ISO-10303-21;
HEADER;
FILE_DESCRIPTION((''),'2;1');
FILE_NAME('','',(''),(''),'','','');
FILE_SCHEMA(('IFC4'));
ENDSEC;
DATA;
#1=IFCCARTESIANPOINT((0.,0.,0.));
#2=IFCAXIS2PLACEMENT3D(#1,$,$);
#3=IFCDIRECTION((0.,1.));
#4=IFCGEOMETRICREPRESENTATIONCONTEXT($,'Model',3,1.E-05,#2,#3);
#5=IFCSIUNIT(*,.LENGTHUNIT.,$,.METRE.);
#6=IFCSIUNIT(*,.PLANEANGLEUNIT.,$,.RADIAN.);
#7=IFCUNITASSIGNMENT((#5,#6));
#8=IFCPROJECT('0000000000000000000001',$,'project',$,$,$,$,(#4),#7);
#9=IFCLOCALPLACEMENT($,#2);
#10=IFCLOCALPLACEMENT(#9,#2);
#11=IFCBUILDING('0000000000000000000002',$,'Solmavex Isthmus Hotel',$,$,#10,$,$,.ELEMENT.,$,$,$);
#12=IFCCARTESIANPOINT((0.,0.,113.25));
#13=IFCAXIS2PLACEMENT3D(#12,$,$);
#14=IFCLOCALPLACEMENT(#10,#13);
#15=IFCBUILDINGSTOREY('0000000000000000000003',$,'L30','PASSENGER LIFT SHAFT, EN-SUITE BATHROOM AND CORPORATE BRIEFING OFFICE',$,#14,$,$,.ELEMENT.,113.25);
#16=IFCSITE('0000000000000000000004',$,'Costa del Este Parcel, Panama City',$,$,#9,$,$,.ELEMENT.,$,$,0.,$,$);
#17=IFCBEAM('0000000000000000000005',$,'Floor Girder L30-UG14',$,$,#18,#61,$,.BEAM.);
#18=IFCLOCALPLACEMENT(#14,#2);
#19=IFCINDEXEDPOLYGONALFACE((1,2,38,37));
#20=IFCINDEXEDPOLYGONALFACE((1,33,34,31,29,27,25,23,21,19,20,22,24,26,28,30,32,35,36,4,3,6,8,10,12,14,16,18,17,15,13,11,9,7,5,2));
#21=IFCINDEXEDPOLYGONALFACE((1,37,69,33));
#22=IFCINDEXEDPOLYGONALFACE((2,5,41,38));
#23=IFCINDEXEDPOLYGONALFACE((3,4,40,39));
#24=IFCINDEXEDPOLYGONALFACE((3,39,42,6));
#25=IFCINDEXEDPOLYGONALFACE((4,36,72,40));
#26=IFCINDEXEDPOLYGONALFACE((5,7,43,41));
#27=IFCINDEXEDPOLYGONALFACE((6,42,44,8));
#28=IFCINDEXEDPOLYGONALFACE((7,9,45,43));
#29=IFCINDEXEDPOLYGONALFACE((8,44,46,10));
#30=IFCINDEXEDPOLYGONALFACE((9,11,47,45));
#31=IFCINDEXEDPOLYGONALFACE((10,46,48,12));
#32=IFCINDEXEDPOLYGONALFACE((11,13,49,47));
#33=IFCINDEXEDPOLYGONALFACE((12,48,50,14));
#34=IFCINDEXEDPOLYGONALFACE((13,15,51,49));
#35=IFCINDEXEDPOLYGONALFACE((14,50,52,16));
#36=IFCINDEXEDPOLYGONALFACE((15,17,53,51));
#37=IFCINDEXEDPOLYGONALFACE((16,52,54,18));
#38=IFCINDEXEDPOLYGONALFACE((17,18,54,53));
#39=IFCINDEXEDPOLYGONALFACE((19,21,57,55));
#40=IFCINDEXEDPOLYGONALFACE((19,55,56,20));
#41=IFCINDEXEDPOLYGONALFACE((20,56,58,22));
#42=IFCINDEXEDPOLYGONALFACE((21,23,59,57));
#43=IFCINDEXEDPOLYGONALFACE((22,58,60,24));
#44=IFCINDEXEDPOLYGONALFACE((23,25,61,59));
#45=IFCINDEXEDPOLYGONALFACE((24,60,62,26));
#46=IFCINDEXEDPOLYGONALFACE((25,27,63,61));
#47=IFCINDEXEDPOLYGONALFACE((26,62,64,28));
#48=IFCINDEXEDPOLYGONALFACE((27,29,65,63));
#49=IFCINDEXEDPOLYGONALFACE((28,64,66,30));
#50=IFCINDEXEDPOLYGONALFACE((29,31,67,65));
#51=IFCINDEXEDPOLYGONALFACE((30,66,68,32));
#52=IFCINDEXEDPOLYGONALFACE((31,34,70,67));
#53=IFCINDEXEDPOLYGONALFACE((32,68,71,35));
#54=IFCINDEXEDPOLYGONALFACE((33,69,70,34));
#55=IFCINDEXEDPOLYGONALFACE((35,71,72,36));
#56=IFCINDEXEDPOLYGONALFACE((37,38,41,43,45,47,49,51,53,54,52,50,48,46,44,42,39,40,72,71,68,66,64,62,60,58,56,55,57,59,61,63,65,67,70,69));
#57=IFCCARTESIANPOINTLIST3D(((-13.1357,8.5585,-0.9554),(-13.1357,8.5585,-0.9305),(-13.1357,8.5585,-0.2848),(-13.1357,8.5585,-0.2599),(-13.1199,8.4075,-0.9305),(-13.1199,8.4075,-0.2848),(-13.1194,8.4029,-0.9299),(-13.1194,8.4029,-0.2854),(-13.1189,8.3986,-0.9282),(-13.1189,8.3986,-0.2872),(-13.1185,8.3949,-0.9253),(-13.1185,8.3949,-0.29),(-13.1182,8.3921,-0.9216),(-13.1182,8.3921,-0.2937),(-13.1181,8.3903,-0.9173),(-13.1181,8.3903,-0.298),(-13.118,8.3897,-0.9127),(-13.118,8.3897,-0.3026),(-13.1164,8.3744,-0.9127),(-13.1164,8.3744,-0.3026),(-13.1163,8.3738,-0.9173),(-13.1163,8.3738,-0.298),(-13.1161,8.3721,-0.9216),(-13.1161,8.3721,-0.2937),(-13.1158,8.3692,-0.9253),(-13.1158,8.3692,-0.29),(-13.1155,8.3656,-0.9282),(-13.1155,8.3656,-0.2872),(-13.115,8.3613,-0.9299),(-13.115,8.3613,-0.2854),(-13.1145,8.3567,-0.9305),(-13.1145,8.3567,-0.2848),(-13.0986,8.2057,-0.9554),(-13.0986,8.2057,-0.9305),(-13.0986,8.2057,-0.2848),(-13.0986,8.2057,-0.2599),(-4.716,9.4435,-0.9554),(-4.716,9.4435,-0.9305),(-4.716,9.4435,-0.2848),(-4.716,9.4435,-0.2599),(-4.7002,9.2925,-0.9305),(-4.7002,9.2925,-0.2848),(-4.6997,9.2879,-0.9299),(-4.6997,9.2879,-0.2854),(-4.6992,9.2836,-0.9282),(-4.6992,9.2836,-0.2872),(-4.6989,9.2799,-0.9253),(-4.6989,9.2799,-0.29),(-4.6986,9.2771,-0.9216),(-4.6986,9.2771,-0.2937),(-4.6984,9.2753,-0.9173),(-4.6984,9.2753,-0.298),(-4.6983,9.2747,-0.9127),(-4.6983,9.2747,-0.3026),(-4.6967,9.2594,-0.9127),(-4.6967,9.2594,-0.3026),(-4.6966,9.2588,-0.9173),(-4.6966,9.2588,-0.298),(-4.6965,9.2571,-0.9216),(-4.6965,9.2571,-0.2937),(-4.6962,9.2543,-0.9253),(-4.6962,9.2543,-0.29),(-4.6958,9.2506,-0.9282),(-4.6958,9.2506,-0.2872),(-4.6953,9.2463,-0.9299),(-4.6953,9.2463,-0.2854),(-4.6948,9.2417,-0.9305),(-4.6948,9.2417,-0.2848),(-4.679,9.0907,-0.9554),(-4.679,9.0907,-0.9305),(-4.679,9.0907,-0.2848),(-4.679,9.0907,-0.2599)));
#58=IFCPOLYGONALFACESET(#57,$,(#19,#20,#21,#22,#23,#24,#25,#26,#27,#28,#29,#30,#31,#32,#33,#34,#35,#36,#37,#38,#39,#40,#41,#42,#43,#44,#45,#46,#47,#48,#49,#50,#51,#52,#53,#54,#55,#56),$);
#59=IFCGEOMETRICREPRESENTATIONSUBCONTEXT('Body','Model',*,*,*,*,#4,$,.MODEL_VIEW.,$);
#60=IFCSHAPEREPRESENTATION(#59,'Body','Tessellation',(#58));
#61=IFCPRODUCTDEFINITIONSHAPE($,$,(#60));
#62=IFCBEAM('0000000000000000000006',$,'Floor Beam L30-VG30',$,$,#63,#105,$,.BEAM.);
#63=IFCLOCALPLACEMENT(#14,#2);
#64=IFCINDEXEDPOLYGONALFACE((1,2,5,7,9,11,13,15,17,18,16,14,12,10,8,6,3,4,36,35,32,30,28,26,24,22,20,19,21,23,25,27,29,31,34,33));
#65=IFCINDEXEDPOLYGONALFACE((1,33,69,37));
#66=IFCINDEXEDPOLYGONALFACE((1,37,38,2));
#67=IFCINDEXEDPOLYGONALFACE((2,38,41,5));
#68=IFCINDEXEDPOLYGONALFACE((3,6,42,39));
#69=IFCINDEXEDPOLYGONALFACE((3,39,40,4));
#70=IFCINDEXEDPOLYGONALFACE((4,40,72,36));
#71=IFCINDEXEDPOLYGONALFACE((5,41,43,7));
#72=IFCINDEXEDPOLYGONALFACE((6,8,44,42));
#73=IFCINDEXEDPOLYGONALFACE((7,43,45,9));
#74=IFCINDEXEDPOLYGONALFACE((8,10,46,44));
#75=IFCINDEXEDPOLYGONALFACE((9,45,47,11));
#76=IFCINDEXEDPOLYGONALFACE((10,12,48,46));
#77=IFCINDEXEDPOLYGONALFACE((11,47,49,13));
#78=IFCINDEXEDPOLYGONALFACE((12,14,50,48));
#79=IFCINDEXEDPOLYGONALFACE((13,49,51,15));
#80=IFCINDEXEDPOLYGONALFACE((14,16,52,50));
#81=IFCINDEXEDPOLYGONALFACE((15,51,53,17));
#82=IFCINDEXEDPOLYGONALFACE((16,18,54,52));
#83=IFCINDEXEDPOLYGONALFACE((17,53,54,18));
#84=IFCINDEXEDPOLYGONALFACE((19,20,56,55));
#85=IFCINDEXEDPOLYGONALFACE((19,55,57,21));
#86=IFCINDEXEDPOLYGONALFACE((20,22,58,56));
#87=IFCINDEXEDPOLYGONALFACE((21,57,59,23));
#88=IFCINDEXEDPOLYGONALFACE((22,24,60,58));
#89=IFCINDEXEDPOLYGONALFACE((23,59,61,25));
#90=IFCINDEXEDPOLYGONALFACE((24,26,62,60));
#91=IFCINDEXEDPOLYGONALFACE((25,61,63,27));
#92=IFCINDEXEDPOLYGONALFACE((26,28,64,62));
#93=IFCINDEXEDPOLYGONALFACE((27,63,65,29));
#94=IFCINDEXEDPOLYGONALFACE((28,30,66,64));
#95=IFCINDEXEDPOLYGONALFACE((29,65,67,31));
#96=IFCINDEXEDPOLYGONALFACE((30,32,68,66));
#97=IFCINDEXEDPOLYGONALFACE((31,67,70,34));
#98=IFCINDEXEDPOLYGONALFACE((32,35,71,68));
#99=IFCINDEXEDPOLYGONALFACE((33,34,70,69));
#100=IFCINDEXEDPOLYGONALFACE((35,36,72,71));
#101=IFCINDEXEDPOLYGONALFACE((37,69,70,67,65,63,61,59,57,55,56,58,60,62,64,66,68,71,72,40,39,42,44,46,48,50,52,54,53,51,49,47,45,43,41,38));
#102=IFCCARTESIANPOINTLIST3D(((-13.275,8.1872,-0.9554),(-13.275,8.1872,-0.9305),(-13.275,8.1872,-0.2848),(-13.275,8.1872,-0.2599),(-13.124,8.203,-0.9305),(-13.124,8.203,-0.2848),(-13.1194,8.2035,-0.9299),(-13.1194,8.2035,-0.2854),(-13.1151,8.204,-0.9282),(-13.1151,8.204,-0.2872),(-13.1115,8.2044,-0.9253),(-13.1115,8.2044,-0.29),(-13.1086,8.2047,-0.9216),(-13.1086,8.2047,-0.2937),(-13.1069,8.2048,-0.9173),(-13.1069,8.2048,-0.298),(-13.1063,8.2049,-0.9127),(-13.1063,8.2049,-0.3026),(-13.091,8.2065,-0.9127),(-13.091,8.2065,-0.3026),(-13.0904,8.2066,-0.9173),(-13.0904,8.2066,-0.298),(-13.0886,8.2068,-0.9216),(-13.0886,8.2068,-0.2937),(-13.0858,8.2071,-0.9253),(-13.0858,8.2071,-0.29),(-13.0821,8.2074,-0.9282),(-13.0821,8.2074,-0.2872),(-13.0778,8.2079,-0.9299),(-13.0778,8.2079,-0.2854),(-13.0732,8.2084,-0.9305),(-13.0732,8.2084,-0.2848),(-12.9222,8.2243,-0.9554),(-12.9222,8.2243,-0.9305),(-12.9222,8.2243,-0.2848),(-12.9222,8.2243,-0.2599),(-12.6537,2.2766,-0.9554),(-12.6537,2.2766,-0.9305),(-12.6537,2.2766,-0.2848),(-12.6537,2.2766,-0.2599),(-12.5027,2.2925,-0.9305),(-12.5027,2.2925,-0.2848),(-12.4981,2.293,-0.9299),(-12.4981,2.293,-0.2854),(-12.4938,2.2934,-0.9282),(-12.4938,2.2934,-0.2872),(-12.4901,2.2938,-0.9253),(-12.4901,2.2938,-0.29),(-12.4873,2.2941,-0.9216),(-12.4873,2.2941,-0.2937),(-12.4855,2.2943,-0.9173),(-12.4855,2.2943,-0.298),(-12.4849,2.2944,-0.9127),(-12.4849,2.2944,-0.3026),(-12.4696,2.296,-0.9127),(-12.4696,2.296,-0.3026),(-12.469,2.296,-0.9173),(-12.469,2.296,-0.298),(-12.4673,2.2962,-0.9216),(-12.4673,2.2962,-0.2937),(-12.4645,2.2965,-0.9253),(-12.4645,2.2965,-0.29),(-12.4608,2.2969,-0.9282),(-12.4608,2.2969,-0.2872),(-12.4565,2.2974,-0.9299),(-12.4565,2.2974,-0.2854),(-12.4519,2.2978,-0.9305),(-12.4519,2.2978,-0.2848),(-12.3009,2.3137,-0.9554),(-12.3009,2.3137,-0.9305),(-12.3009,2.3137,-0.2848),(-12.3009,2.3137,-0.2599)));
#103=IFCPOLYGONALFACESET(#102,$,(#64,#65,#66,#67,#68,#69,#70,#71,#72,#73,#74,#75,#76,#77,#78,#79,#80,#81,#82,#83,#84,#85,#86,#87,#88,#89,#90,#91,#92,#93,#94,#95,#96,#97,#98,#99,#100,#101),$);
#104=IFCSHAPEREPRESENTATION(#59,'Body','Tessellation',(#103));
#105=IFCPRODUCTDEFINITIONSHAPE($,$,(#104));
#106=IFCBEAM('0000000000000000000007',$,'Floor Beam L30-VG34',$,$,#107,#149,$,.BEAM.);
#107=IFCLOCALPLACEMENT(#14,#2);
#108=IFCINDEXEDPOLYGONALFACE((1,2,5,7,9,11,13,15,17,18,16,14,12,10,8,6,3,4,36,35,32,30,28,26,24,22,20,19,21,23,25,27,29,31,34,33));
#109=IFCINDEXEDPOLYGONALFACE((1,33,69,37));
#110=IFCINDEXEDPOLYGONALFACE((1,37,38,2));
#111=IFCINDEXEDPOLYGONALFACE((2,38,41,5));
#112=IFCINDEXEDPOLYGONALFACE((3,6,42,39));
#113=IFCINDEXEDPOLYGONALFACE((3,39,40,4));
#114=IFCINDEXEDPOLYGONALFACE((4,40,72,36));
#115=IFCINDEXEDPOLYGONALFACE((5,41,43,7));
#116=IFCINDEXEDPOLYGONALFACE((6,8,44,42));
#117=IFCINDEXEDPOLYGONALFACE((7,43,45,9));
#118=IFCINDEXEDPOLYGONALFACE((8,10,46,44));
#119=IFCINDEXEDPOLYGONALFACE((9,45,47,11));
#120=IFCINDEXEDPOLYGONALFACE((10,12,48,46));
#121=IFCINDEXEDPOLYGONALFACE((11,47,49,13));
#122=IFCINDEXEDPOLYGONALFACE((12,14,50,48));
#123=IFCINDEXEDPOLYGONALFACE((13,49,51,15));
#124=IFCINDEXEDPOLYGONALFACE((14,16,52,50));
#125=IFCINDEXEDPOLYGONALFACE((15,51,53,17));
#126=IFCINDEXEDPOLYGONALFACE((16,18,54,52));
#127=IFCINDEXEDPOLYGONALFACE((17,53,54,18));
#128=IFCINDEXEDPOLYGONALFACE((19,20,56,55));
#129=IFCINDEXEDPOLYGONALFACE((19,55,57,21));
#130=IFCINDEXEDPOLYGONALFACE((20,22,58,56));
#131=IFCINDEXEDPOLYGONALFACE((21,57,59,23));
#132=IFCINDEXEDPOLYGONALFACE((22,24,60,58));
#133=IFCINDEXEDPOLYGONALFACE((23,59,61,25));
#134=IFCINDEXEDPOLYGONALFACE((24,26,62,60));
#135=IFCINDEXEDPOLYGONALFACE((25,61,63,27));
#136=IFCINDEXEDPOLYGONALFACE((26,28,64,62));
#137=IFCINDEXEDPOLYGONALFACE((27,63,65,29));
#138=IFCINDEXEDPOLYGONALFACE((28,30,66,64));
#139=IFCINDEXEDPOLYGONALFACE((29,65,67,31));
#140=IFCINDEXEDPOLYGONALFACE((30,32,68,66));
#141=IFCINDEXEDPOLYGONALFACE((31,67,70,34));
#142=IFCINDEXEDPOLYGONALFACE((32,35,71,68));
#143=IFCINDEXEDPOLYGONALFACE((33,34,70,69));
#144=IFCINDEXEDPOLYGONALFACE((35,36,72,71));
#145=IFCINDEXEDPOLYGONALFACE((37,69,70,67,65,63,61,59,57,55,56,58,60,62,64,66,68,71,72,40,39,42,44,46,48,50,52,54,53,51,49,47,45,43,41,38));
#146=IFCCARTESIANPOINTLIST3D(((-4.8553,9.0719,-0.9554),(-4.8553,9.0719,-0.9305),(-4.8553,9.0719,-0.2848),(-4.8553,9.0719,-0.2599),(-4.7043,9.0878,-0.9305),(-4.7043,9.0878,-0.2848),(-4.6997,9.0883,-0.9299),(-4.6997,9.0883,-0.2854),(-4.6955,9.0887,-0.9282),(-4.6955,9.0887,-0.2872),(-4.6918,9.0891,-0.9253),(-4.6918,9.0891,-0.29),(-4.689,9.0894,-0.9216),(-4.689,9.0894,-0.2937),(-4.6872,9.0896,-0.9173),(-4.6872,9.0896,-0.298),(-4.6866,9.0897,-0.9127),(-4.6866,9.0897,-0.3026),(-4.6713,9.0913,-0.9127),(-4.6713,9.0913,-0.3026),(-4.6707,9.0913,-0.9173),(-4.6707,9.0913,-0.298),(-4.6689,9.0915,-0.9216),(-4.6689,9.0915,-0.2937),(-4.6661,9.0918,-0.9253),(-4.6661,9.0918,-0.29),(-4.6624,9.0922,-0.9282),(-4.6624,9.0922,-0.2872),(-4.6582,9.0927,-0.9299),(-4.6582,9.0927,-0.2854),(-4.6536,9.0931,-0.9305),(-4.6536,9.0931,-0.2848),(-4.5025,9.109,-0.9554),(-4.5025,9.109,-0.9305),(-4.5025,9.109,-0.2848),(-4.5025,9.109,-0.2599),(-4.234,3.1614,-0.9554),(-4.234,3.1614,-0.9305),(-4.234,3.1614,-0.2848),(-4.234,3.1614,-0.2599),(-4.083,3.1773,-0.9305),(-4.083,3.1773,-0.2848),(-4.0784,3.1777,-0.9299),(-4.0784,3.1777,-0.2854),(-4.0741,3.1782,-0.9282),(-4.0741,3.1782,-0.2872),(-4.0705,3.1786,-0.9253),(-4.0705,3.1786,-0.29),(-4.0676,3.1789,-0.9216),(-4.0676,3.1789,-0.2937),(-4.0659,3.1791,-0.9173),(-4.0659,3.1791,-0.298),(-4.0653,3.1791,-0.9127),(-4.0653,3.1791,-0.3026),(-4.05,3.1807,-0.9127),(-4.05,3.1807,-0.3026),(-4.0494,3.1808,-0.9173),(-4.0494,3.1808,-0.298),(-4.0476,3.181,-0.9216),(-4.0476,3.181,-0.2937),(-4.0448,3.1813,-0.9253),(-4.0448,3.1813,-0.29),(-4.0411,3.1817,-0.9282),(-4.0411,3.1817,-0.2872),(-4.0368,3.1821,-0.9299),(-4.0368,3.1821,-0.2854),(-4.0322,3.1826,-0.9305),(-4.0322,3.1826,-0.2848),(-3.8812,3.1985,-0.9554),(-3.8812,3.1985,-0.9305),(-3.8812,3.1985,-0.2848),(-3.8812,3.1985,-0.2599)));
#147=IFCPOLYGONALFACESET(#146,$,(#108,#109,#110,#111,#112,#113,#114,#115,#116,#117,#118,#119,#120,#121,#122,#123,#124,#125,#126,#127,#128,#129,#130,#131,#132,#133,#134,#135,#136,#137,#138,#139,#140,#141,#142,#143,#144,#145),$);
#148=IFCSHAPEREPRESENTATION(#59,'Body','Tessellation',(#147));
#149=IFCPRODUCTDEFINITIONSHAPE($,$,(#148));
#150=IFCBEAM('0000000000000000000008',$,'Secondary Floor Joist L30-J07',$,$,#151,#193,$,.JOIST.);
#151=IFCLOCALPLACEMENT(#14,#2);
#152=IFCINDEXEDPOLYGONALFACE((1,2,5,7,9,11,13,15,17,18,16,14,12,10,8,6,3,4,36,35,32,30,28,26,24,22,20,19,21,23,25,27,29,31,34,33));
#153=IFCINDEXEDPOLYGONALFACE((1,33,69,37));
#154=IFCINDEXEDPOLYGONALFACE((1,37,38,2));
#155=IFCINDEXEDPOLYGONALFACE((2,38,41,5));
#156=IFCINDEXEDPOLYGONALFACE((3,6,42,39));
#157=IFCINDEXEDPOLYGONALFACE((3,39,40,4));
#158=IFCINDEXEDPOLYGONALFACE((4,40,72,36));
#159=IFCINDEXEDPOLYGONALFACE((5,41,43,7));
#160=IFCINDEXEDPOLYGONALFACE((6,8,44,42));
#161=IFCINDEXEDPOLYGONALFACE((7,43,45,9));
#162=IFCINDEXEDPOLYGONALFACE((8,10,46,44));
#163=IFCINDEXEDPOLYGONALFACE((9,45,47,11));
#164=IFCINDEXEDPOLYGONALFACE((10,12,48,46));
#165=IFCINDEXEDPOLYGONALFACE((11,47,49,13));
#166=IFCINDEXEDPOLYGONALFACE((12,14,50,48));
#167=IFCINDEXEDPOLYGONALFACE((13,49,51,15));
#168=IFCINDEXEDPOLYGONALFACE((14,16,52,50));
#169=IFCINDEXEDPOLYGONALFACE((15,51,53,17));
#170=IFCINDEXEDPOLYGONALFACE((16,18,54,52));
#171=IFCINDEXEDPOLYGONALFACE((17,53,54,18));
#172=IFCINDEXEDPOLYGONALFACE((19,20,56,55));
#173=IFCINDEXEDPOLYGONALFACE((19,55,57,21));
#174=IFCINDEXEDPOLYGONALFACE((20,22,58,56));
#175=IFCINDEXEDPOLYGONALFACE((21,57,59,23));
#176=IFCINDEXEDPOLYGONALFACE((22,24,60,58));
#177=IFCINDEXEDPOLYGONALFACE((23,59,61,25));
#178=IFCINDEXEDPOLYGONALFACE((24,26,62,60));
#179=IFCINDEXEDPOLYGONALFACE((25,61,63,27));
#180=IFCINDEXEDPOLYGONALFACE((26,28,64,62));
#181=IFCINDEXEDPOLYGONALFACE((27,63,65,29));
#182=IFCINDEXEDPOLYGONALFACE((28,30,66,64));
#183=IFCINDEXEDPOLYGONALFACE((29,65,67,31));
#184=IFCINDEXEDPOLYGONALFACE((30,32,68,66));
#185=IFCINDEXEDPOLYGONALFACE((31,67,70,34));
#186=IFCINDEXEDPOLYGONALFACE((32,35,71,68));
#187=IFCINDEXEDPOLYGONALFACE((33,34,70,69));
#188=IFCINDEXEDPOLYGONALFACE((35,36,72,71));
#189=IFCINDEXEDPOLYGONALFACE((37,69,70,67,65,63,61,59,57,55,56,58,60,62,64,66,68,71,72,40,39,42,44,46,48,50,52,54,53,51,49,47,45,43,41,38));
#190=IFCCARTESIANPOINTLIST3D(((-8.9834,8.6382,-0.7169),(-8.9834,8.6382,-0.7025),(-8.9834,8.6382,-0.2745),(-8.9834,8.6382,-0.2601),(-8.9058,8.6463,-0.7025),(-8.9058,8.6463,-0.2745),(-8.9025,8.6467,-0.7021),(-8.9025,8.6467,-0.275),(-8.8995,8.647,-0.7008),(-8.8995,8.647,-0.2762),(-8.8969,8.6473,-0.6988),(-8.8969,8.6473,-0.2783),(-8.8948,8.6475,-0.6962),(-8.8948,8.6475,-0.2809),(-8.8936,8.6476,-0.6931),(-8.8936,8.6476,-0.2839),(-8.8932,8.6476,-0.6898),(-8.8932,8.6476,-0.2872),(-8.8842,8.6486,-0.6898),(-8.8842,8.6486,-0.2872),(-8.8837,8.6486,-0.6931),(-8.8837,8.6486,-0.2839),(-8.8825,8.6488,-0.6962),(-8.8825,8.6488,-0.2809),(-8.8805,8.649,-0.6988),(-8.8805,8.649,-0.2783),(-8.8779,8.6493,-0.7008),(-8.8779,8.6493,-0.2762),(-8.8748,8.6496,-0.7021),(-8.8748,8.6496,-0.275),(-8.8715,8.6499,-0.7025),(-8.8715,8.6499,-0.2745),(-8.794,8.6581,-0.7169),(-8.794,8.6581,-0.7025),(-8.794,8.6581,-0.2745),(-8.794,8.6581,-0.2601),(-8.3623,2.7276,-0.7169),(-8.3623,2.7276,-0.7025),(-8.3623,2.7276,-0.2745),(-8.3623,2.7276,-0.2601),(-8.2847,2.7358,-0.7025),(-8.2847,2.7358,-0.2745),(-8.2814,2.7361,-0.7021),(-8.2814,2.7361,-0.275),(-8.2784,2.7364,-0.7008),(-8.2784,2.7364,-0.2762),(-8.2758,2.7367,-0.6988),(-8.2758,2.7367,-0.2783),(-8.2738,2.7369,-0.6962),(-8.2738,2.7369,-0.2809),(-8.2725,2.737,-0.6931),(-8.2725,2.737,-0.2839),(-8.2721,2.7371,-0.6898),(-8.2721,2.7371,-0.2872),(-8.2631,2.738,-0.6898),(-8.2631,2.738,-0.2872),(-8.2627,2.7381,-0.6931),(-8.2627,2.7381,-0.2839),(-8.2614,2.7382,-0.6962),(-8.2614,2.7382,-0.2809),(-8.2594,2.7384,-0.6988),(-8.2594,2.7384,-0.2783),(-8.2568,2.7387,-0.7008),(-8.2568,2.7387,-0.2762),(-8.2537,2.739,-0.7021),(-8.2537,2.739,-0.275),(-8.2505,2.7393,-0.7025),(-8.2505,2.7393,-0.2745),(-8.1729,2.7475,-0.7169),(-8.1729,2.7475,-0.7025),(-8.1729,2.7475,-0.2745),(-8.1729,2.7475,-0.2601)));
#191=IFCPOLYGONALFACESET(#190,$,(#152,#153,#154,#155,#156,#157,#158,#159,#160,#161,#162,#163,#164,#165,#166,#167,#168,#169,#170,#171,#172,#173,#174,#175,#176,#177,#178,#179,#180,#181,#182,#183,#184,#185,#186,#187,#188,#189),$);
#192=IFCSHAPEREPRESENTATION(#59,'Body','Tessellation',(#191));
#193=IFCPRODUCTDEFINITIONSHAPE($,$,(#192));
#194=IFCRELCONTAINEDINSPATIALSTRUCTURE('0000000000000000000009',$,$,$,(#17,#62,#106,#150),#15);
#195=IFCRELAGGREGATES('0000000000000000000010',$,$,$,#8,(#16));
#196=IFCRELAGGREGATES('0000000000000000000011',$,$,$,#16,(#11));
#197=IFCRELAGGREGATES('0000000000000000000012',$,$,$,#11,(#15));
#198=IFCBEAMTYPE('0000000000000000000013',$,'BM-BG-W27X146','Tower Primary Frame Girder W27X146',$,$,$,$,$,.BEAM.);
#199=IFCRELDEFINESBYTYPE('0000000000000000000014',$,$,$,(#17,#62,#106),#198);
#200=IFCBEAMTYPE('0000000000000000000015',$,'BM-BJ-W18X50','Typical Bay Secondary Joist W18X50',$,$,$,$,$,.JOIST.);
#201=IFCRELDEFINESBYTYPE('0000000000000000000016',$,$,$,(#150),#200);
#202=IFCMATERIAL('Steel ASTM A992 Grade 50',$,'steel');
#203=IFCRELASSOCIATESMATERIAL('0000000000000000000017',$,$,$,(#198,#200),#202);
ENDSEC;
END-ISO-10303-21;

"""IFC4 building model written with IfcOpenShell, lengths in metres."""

from ifc_helpers import new_model, si_unit, direction, frame, origin, origin_2d, place, context, subcontext, project, spatial, i_section, extrude, material, material_profile, profile_set, type_object, element, save


model = new_model("IFC4")

# Units and contexts
model_context = context("Model", 3, precision=1e-05, world=origin(), true_north=direction((0.0, 1.0)))
body_context = subcontext(model_context, "Body", "Model", "MODEL_VIEW")
ifc_project = project(units=[si_unit("LENGTHUNIT", "METRE"), si_unit("PLANEANGLEUNIT", "RADIAN")], contexts=[model_context])

# Site, building, storey
site_placement = place(None, origin())
site = spatial("IfcSite", under=ifc_project, at=site_placement, Name="Costa del Este Parcel, Panama City", CompositionType="ELEMENT", RefElevation=0.0)
building_placement = place(site_placement, origin())
building = spatial("IfcBuilding", under=site, at=building_placement, Name="Solmavex Isthmus Hotel", CompositionType="ELEMENT")
storey_placement = place(building_placement, frame((0.0, 0.0, 113.25)))
storey = spatial("IfcBuildingStorey", under=building, at=storey_placement, Name="L30", Description="PASSENGER LIFT SHAFT, EN-SUITE BATHROOM AND CORPORATE BRIEFING OFFICE", CompositionType="ELEMENT", Elevation=113.25)

# Beams
ifc_material_1 = material(Name="Steel ASTM A992 Grade 50", Category="steel")
ifc_material_profile_1 = material_profile(ifc_material_1, i_section(OverallWidth=0.3547, OverallDepth=0.6956, WebThickness=0.0154, FlangeThickness=0.0249, FilletRadius=0.0178, at=origin_2d()), Name="W27X146")
ifc_profile_set_1 = profile_set([ifc_material_profile_1], Name="Steel ASTM A992 Grade 50")
beam_type_1 = type_object("IfcBeamType", Name="BM-BG-W27X146", Description="Tower Primary Frame Girder W27X146", PredefinedType="BEAM", material=ifc_profile_set_1)
beam_1_placement = place(storey_placement, frame((-13.1172, 8.3821, -0.6077), z_axis=(0.994521, 0.104536, 0.0), x_axis=(-0.104536, 0.994521, 0.0)))
element("IfcBeam", 1, at=beam_1_placement, inside=storey, type_object=beam_type_1, Name="Floor Girder L30-UG14", PredefinedType="BEAM", context=body_context, shape_type="SweptSolid", body=[
    extrude(i_section(OverallWidth=0.3547, OverallDepth=0.6956, WebThickness=0.0154, FlangeThickness=0.0249, FilletRadius=0.0178, at=origin_2d()), origin(), (0.0, 0.0, 1.0), 8.4661),
])
for number, where, z_axis, x_axis, name in (
    (2, (-12.4773, 2.2952, -0.6077), (-0.104546, 0.99452, 0.0), (-0.99452, -0.104546, 0.0), "Floor Beam L30-VG30"),
    (3, (-4.0576, 3.1799, -0.6077), (-0.104546, 0.99452, 0.0), (-0.99452, -0.104546, 0.0), "Floor Beam L30-VG34"),
):
    element("IfcBeam", number, at=place(storey_placement, frame(where, z_axis=z_axis, x_axis=x_axis)), inside=storey, type_object=beam_type_1, Name=name, PredefinedType="BEAM", context=body_context, shape_type="SweptSolid", body=[
        extrude(i_section(OverallWidth=0.3547, OverallDepth=0.6956, WebThickness=0.0154, FlangeThickness=0.0249, FilletRadius=0.0178, at=origin_2d()), origin(), (0.0, 0.0, 1.0), 5.9431),
    ])
ifc_material_profile_2 = material_profile(ifc_material_1, i_section(OverallWidth=0.1904, OverallDepth=0.4568, WebThickness=0.009, FlangeThickness=0.0144, FilletRadius=0.0127, at=origin_2d()), Name="W18X50")
ifc_profile_set_2 = profile_set([ifc_material_profile_2], Name="Steel ASTM A992 Grade 50")
beam_type_2 = type_object("IfcBeamType", Name="BM-BJ-W18X50", Description="Typical Bay Secondary Joist W18X50", PredefinedType="JOIST", material=ifc_profile_set_2)
beam_2_placement = place(storey_placement, frame((-8.2676, 2.7375, -0.4885), z_axis=(-0.104505, 0.994524, 0.0), x_axis=(-0.994524, -0.104505, 0.0)))
element("IfcBeam", 4, at=beam_2_placement, inside=storey, type_object=beam_type_2, Name="Secondary Floor Joist L30-J07", PredefinedType="JOIST", context=body_context, shape_type="SweptSolid", body=[
    extrude(i_section(OverallWidth=0.1904, OverallDepth=0.4568, WebThickness=0.009, FlangeThickness=0.0144, FilletRadius=0.0127, at=origin_2d()), origin(), (0.0, 0.0, 1.0), 5.9431),
])

save(model, "model.ifc")
